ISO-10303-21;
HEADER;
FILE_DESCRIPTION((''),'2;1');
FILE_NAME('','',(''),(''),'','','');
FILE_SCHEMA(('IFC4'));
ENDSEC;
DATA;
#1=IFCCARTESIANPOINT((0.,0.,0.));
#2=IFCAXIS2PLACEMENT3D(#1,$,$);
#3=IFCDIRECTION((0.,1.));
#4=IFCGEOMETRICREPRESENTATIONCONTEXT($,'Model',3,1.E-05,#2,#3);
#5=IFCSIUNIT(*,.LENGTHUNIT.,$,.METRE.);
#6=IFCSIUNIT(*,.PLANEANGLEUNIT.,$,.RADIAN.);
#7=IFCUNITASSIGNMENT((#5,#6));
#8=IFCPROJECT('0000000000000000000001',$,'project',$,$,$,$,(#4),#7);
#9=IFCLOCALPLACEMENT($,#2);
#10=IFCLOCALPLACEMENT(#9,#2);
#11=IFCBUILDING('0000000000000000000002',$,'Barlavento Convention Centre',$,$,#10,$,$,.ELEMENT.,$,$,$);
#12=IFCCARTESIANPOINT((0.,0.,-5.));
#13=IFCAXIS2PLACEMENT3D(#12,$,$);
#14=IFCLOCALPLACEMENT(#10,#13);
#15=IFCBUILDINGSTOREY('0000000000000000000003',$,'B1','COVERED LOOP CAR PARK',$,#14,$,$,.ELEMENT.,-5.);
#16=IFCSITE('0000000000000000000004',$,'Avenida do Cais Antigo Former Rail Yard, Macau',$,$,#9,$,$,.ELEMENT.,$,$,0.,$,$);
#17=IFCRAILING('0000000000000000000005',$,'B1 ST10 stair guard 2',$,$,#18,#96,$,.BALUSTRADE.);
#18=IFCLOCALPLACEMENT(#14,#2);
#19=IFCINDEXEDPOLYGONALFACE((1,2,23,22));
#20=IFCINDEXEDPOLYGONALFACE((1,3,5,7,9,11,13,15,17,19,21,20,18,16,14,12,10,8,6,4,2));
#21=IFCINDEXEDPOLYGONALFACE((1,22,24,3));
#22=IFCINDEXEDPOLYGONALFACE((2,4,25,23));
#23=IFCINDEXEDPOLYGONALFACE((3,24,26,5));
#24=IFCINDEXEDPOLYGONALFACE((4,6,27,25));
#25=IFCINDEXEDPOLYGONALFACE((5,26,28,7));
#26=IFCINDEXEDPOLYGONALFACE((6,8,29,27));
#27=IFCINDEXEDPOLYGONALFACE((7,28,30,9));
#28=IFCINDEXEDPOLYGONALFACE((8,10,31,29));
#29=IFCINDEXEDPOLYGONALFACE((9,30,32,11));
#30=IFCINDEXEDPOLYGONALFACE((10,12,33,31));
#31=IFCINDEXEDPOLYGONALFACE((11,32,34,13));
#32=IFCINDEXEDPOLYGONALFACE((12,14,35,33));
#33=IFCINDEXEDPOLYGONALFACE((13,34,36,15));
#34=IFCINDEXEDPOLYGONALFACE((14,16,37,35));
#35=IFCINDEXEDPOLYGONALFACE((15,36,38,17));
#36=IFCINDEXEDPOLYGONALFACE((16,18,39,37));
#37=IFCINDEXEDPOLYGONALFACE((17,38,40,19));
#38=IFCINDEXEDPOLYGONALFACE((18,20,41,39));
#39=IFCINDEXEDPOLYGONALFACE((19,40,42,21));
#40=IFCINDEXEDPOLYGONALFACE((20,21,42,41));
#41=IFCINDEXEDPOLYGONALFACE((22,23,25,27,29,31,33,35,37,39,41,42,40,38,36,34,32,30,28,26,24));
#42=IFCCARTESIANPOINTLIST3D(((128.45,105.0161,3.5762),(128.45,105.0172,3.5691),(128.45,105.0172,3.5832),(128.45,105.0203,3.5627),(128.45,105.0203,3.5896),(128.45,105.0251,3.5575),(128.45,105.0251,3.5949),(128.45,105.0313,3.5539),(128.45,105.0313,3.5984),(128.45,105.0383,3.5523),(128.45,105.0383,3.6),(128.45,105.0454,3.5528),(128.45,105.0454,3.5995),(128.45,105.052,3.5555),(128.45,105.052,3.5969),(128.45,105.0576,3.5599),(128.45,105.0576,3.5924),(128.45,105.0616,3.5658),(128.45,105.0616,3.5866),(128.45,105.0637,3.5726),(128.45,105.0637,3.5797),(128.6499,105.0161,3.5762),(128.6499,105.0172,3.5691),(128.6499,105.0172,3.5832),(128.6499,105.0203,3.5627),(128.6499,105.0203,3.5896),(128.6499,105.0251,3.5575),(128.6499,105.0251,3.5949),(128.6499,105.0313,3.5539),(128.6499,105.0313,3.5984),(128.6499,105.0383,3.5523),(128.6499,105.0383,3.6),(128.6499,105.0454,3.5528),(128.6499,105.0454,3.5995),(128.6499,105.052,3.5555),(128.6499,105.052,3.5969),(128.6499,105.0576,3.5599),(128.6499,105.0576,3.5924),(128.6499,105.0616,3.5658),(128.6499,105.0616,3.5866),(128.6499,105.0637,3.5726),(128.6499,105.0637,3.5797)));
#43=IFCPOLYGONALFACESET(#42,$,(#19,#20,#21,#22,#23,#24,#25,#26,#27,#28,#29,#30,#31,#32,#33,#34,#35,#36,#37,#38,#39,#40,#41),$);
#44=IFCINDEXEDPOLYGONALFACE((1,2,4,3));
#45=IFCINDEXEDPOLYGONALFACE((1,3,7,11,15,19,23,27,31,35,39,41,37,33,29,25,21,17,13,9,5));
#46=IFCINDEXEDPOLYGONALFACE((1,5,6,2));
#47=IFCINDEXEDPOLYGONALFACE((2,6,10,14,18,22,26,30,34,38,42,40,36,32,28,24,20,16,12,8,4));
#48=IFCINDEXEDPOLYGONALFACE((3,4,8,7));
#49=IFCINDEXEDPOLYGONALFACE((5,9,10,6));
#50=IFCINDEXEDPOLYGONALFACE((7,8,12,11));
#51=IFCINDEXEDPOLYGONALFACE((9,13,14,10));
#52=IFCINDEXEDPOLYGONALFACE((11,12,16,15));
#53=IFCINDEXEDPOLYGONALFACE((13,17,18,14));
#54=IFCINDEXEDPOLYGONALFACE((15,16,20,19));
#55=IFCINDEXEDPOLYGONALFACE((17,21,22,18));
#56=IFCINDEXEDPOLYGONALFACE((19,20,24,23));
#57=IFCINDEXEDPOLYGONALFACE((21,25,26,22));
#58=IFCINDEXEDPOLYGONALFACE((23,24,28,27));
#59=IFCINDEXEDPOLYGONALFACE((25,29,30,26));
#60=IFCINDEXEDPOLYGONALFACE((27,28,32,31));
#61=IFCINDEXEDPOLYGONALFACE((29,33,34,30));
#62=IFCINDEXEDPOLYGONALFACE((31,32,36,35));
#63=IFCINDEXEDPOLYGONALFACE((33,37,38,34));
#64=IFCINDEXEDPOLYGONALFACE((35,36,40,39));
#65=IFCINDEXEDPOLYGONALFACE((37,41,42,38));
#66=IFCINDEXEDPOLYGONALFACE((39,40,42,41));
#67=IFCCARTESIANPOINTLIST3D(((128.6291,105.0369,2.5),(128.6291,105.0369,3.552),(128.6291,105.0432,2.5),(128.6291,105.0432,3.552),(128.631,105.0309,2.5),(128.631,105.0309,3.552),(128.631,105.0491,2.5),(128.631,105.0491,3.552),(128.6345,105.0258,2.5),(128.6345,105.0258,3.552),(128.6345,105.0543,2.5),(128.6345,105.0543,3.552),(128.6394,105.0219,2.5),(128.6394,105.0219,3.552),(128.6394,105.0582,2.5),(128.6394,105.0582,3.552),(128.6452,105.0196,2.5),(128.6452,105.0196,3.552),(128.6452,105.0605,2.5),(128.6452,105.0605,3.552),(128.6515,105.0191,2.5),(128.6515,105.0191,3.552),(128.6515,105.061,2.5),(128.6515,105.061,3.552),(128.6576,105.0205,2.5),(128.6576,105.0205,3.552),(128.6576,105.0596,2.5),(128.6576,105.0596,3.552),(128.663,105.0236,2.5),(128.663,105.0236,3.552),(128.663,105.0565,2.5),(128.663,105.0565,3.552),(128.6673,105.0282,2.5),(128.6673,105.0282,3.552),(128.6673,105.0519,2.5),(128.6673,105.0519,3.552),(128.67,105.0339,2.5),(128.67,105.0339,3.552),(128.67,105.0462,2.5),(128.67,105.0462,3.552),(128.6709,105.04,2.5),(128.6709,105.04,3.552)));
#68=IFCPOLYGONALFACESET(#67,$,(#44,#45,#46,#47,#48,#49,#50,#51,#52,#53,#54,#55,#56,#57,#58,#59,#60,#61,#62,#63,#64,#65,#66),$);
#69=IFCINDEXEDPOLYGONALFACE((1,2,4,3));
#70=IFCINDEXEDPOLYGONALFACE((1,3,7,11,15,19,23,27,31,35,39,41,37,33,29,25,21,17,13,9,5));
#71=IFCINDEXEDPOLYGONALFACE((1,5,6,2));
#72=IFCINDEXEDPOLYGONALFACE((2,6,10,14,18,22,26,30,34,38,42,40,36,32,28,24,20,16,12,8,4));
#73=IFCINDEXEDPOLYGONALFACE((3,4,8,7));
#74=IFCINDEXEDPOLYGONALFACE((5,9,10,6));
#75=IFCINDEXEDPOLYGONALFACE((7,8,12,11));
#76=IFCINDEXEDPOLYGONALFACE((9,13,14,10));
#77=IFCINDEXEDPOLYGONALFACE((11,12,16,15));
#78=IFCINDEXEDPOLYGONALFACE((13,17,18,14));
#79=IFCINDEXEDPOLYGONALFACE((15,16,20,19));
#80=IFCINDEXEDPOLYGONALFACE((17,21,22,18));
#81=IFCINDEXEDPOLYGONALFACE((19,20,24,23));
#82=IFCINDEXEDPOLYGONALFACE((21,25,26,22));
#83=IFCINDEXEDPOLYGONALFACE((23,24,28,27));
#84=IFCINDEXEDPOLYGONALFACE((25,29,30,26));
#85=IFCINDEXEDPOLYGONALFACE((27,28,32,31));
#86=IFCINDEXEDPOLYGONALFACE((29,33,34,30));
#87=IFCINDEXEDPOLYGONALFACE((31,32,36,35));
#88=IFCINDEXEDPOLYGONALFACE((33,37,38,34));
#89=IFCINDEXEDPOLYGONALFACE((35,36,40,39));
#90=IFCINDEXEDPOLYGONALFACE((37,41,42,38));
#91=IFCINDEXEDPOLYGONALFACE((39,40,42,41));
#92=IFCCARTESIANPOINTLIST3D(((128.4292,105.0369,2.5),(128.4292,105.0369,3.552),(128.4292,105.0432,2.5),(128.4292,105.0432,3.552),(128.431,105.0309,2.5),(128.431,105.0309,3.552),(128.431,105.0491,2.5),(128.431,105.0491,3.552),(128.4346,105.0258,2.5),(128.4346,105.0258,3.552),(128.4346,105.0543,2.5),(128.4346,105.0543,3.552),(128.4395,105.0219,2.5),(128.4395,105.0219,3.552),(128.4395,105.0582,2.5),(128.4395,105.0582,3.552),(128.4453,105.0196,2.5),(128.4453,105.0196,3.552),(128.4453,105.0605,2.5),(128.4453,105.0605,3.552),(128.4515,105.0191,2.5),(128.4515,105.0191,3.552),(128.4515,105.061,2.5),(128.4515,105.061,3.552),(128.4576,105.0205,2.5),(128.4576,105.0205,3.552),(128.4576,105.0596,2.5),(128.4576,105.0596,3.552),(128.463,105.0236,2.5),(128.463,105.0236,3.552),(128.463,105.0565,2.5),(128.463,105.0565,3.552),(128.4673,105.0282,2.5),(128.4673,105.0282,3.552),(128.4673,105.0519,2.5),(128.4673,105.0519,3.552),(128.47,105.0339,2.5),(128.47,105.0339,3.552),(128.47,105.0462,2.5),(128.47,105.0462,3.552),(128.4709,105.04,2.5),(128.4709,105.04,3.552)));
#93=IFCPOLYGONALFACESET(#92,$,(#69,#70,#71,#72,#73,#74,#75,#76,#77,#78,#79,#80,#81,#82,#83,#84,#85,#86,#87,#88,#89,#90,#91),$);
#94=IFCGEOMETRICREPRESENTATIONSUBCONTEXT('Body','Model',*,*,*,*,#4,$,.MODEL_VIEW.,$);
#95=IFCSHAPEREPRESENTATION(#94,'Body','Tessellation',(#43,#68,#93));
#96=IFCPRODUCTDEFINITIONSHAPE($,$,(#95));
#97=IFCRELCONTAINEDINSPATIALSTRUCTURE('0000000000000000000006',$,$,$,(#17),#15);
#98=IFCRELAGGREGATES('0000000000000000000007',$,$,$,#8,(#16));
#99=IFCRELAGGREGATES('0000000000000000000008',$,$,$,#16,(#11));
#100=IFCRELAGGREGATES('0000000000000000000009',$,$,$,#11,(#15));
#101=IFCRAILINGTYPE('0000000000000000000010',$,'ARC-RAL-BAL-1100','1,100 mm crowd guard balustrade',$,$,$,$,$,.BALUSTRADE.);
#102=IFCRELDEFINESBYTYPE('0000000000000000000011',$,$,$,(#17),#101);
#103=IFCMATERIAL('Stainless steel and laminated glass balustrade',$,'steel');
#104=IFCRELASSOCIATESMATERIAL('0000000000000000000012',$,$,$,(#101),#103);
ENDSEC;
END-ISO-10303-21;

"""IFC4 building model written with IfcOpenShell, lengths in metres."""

from ifc_helpers import new_model, si_unit, direction, frame, origin, origin_2d, place, context, subcontext, project, spatial, circle, extrude, material, type_object, element, save


model = new_model("IFC4")

# Units and contexts
model_context = context("Model", 3, precision=1e-05, world=origin(), true_north=direction((0.0, 1.0)))
body_context = subcontext(model_context, "Body", "Model", "MODEL_VIEW")
ifc_project = project(units=[si_unit("LENGTHUNIT", "METRE"), si_unit("PLANEANGLEUNIT", "RADIAN")], contexts=[model_context])

# Site, building, storey
site_placement = place(None, origin())
site = spatial("IfcSite", under=ifc_project, at=site_placement, Name="Avenida do Cais Antigo Former Rail Yard, Macau", CompositionType="ELEMENT", RefElevation=0.0)
building_placement = place(site_placement, origin())
building = spatial("IfcBuilding", under=site, at=building_placement, Name="Barlavento Convention Centre", CompositionType="ELEMENT")
storey_placement = place(building_placement, frame((0.0, 0.0, -5.0)))
storey = spatial("IfcBuildingStorey", under=building, at=storey_placement, Name="B1", Description="COVERED LOOP CAR PARK", CompositionType="ELEMENT", Elevation=-5.0)

# Railing
ifc_material_1 = material(Name="Stainless steel and laminated glass balustrade", Category="steel")
railing_type_1 = type_object("IfcRailingType", Name="ARC-RAL-BAL-1100", Description="1,100 mm crowd guard balustrade", PredefinedType="BALUSTRADE", material=ifc_material_1)
railing_1_placement = place(storey_placement, frame((128.6499, 105.04, 2.5)))
element("IfcRailing", 1, at=railing_1_placement, inside=storey, type_object=railing_type_1, Name="B1 ST10 stair guard 2", PredefinedType="BALUSTRADE", context=body_context, shape_type="SweptSolid", body=[
    extrude(circle(Radius=0.0239, at=origin_2d()), frame((0.0, 0.0, 1.0762), z_axis=(-1.0, 0.0, 0.0), x_axis=(0.0, -1.0, 0.0)), (0.0, 0.0, 1.0), 0.2),
    extrude(circle(Radius=0.021, at=origin_2d()), origin(), (0.0, 0.0, 1.0), 1.052),
    extrude(circle(Radius=0.021, at=origin_2d()), frame((-0.2, 0.0, 0.0)), (0.0, 0.0, 1.0), 1.052),
])

save(model, "model.ifc")
